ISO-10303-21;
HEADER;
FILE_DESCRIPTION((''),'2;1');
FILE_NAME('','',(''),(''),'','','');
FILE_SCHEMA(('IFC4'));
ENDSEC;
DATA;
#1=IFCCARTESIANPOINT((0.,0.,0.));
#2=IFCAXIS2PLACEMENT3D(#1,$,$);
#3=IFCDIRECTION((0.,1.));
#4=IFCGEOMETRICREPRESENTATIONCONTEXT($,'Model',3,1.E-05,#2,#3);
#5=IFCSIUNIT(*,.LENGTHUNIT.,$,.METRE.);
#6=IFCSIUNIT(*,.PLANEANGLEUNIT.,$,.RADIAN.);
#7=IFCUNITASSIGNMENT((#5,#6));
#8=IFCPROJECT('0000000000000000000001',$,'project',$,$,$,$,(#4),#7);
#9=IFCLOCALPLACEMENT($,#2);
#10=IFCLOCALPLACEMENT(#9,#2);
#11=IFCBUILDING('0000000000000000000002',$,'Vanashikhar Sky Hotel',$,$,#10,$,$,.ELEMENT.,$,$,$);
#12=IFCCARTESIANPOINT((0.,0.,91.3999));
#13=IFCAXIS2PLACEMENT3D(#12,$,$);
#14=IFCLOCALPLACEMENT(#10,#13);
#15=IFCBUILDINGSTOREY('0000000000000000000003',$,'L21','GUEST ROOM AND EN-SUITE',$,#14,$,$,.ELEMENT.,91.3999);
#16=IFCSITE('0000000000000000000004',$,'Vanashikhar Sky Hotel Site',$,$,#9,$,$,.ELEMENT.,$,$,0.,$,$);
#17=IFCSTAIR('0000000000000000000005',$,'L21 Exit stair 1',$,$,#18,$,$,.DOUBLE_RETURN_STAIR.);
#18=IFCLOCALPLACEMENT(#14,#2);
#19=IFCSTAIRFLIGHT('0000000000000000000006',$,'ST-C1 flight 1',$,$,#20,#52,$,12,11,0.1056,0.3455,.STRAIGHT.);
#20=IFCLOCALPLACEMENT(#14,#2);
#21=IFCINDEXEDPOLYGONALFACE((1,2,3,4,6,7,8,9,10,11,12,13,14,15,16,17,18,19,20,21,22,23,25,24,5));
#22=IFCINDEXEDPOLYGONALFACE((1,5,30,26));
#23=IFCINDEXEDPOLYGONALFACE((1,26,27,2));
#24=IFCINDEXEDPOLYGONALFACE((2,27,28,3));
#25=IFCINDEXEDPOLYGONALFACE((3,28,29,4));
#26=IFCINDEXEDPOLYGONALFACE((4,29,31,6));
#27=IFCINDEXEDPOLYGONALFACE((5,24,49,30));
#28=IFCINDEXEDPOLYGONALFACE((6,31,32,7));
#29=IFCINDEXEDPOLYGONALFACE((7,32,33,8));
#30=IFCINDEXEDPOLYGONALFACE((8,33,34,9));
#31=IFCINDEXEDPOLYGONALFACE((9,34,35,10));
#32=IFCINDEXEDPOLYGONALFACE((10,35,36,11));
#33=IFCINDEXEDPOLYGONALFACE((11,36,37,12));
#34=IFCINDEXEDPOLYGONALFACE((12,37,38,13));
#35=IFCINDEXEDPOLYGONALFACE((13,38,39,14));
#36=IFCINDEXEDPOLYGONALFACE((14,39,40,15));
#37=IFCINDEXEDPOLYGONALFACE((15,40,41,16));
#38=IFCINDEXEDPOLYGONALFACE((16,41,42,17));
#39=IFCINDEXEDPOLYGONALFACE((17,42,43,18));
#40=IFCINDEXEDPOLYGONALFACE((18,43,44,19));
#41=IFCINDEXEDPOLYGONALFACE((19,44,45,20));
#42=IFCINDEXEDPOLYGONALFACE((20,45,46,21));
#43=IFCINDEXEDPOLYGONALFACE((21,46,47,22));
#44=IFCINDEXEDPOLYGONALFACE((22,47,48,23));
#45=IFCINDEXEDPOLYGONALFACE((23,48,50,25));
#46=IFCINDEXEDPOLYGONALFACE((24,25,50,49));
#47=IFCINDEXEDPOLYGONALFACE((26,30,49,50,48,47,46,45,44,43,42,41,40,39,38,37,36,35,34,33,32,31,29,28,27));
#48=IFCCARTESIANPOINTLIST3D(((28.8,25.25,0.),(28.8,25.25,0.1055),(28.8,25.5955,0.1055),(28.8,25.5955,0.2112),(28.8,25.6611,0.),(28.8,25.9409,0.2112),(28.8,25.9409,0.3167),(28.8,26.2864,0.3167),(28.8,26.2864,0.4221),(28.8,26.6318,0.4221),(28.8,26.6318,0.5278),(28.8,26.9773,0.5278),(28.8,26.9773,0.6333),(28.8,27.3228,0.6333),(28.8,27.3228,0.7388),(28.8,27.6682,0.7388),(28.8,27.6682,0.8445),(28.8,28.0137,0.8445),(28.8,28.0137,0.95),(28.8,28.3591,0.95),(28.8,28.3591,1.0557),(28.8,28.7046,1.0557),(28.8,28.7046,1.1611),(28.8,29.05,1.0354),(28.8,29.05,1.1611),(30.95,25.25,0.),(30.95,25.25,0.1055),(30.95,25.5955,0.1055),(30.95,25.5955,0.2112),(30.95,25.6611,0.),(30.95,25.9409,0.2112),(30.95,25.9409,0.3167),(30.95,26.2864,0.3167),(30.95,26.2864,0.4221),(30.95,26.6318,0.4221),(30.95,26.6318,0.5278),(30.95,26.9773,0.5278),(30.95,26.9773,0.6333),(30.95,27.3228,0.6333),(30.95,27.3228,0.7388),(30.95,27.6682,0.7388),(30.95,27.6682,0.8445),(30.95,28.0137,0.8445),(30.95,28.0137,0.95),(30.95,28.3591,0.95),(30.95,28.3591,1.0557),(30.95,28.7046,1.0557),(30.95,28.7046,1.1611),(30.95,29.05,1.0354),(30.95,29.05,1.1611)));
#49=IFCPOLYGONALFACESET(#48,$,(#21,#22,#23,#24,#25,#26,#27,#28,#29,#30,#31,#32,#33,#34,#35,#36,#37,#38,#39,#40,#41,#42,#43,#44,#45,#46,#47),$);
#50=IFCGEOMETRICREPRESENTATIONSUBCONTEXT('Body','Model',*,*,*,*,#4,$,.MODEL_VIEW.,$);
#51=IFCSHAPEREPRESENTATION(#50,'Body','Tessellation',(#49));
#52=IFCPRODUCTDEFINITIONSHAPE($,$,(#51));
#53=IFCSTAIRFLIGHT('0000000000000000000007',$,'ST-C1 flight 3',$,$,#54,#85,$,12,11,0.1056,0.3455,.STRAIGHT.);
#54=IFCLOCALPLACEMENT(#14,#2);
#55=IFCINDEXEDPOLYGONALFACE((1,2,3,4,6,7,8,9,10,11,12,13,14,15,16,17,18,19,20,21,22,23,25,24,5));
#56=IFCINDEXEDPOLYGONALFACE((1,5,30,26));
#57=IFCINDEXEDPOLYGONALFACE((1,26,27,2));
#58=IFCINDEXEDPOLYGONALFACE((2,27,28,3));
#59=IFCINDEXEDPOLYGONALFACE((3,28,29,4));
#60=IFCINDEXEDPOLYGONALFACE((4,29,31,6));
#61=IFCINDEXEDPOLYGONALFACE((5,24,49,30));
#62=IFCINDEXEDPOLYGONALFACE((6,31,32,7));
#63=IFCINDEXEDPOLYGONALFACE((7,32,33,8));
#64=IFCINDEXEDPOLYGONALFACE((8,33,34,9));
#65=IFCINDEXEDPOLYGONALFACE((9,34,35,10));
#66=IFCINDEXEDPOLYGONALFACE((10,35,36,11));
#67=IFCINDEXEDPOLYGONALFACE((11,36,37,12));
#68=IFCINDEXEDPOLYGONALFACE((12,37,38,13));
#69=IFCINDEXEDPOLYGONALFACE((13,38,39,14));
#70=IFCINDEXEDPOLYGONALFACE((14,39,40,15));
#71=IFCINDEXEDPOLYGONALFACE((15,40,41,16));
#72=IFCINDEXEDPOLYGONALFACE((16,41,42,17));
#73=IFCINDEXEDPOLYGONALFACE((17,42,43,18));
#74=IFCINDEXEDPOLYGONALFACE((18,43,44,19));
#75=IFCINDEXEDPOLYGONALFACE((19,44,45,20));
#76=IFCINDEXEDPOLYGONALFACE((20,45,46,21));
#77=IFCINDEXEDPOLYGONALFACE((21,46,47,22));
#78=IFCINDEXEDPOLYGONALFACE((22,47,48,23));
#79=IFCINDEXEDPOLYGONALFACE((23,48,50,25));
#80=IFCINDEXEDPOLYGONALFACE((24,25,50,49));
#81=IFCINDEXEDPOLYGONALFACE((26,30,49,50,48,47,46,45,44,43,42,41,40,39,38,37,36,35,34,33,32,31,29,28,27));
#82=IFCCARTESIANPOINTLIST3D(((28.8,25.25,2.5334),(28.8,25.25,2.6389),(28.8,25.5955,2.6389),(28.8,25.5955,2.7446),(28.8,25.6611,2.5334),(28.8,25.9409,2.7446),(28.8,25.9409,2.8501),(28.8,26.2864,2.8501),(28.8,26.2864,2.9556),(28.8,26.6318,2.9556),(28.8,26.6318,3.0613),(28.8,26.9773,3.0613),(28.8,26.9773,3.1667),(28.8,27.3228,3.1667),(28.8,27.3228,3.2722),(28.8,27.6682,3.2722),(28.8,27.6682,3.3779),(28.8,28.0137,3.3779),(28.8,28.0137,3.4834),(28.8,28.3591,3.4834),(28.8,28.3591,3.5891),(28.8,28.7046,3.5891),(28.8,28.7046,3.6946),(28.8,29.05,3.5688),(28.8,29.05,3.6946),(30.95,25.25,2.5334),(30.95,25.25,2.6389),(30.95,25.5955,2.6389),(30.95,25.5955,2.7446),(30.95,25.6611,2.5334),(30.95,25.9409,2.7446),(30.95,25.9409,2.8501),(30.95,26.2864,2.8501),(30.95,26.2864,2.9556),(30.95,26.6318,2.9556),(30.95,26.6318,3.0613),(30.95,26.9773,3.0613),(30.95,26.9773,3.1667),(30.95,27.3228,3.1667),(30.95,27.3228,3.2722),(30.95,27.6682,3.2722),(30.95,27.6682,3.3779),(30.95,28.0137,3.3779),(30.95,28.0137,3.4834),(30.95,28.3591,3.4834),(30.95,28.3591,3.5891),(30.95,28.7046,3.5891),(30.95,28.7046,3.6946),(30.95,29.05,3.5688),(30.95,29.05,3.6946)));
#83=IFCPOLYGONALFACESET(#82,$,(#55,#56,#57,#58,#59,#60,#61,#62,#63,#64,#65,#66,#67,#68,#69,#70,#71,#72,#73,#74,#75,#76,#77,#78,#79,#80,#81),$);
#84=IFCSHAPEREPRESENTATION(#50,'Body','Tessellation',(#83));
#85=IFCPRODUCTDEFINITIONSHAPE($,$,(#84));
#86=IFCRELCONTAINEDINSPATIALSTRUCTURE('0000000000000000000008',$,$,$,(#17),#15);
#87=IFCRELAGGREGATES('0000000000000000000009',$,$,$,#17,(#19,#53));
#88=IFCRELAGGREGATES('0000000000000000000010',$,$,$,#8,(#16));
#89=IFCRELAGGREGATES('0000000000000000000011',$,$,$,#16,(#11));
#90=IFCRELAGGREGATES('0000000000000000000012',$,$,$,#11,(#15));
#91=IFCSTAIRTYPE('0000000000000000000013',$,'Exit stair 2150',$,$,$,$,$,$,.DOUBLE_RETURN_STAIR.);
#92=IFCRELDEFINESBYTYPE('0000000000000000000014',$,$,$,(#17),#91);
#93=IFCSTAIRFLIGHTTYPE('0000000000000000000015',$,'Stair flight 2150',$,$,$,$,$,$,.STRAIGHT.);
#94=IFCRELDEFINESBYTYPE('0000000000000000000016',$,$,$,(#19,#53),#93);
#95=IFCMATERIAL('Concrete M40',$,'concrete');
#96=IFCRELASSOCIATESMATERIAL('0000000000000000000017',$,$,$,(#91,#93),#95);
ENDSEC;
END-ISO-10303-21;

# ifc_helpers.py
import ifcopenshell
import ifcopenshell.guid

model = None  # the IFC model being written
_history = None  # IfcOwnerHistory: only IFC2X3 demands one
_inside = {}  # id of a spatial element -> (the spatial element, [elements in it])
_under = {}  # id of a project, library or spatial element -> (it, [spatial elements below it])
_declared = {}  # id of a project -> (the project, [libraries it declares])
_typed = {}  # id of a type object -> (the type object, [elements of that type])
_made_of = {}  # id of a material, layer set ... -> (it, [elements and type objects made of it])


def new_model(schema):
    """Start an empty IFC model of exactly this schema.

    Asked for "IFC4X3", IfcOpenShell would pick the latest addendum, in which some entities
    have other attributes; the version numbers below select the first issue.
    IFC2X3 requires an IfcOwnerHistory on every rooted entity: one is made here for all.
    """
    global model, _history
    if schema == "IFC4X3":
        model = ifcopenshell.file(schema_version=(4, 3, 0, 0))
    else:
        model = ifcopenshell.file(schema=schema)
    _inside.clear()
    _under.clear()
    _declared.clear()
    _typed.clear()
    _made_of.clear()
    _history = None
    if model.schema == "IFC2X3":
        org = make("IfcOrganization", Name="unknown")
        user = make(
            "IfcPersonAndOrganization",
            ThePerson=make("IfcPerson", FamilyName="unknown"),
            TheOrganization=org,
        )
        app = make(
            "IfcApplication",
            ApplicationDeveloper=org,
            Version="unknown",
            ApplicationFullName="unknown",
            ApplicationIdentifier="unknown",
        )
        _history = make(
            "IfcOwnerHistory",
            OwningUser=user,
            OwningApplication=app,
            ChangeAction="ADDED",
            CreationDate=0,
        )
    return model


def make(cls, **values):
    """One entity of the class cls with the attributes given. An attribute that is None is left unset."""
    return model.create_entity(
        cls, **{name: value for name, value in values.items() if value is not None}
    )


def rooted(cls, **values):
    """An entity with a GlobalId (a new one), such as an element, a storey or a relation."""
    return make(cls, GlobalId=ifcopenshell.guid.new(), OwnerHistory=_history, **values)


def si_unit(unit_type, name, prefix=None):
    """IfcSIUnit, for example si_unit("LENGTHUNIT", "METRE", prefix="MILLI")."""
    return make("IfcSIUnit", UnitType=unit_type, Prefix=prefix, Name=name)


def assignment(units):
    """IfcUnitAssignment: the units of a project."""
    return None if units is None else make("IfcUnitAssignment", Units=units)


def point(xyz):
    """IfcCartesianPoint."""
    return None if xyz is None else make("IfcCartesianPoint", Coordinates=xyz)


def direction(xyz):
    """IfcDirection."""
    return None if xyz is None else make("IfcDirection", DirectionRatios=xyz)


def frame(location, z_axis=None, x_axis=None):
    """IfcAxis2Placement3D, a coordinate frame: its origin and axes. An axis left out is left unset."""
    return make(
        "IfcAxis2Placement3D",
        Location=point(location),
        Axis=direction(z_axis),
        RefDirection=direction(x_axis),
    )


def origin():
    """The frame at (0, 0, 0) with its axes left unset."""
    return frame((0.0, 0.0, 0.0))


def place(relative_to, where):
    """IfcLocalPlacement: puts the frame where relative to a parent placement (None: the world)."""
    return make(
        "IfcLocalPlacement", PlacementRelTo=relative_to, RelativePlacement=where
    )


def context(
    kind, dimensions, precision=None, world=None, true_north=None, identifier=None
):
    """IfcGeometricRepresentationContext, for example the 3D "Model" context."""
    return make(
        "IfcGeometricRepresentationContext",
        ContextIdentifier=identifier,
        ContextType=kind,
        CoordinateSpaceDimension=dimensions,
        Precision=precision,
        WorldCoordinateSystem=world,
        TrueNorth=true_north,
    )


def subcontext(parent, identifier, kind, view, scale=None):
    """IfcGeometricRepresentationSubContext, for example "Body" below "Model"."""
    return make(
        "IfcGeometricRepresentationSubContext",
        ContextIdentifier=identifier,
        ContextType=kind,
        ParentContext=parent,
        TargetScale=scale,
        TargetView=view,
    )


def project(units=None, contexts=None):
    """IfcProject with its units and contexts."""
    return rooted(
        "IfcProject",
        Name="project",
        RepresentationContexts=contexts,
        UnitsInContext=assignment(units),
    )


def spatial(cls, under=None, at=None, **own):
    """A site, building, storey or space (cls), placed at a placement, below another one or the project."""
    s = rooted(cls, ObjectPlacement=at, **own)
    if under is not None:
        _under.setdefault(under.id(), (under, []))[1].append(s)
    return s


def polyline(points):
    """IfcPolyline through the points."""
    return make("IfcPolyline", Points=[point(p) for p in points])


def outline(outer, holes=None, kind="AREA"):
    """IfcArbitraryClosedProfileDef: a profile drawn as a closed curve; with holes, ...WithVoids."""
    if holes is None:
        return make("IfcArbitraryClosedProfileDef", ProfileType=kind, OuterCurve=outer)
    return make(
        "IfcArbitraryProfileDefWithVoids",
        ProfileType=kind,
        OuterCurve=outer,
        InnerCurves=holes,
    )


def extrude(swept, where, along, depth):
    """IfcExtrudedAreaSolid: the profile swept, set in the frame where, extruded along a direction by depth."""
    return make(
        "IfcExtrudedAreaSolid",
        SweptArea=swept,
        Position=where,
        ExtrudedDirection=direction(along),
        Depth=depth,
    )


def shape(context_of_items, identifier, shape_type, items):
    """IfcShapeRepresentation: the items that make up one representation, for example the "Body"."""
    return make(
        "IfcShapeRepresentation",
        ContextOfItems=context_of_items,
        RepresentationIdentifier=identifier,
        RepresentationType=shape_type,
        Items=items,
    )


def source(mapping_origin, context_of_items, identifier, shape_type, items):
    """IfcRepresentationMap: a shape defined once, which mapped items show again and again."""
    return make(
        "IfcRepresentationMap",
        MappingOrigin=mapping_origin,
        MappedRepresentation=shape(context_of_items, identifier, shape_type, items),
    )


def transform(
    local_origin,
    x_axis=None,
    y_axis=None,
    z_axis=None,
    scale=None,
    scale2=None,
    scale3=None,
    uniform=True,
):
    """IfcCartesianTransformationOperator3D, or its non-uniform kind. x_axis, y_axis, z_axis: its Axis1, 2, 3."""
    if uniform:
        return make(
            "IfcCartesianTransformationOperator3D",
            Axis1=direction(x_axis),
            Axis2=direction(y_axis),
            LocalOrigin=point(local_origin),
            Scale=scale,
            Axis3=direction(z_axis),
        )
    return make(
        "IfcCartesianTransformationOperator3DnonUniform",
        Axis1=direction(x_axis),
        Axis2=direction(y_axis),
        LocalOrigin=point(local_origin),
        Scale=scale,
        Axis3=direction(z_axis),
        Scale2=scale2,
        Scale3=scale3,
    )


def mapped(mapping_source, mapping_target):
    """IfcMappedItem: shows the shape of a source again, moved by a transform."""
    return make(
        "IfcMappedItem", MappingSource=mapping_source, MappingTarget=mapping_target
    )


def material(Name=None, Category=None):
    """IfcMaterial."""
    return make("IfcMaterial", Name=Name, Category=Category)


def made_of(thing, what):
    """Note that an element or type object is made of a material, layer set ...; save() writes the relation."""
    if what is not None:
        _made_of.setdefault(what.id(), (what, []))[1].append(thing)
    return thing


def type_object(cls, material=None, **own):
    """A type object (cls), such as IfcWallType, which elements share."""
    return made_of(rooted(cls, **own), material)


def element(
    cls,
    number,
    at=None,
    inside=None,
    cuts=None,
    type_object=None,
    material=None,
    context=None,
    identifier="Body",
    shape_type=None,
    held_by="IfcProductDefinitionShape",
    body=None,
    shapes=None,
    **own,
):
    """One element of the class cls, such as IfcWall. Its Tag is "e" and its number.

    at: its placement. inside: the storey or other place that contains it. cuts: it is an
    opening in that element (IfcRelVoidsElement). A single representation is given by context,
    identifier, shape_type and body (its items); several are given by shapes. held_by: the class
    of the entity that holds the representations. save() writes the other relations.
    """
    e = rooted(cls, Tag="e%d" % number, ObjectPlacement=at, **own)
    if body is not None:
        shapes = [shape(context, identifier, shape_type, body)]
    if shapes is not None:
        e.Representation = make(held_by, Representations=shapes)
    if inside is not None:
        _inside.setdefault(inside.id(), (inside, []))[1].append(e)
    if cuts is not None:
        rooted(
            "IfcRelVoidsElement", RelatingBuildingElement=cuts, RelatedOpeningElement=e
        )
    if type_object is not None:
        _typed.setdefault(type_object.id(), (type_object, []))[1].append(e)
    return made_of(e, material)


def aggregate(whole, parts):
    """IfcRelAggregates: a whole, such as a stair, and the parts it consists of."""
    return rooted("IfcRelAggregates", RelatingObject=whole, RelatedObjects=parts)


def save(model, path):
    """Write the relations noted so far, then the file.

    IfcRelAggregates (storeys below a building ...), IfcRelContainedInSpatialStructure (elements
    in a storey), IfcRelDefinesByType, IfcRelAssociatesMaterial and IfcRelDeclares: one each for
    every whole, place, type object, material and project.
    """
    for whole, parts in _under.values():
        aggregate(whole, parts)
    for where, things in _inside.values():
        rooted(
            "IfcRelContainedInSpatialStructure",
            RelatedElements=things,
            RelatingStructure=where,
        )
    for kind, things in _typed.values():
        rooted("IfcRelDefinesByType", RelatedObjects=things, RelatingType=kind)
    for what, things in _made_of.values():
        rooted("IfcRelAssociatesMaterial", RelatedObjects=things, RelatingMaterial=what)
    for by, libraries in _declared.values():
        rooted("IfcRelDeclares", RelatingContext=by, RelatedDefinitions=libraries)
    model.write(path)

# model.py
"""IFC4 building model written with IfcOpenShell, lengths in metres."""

from ifc_helpers import new_model, si_unit, direction, frame, origin, place, context, subcontext, project, spatial, polyline, outline, extrude, source, transform, mapped, material, type_object, element, aggregate, save


model = new_model("IFC4")

# Units and contexts
model_context = context("Model", 3, precision=1e-05, world=origin(), true_north=direction((0.0, 1.0)))
body_context = subcontext(model_context, "Body", "Model", "MODEL_VIEW")
ifc_project = project(units=[si_unit("LENGTHUNIT", "METRE"), si_unit("PLANEANGLEUNIT", "RADIAN")], contexts=[model_context])

# Site, building, storey
site_placement = place(None, origin())
site = spatial("IfcSite", under=ifc_project, at=site_placement, Name="Vanashikhar Sky Hotel Site", CompositionType="ELEMENT", RefElevation=0.0)
building_placement = place(site_placement, origin())
building = spatial("IfcBuilding", under=site, at=building_placement, Name="Vanashikhar Sky Hotel", CompositionType="ELEMENT")
storey_placement = place(building_placement, frame((0.0, 0.0, 91.3999)))
storey = spatial("IfcBuildingStorey", under=building, at=storey_placement, Name="L21", Description="GUEST ROOM AND EN-SUITE", CompositionType="ELEMENT", Elevation=91.3999)

# Shared definitions
ifc_material_1 = material(Name="Concrete M40", Category="concrete")

# Stair, stair flights
stair_type = type_object("IfcStairType", Name="Exit stair 2150", PredefinedType="DOUBLE_RETURN_STAIR", material=ifc_material_1)
stair_placement = place(storey_placement, origin())
stair = element("IfcStair", 1, at=stair_placement, inside=storey, type_object=stair_type, Name="L21 Exit stair 1", PredefinedType="DOUBLE_RETURN_STAIR")
stair_flight_type = type_object("IfcStairFlightType", Name="Stair flight 2150", PredefinedType="STRAIGHT", material=ifc_material_1)
shared_shape_1 = source(origin(), body_context, "Body", "SweptSolid", [
    extrude(outline(polyline([(0.0, 0.0), (0.0, 0.1055), (0.3455, 0.1055), (0.3455, 0.2112), (0.6909, 0.2112), (0.6909, 0.3167), (1.0364, 0.3167), (1.0364, 0.4221), (1.3818, 0.4221), (1.3818, 0.5278), (1.7273, 0.5278), (1.7273, 0.6333), (2.0728, 0.6333), (2.0728, 0.7388), (2.4182, 0.7388), (2.4182, 0.8445), (2.7637, 0.8445), (2.7637, 0.95), (3.1091, 0.95), (3.1091, 1.0557), (3.4546, 1.0557), (3.4546, 1.1611), (3.8, 1.1611), (3.8, 1.2666), (3.8, 1.0354), (0.4111, 0.0), (0.0, 0.0)])), frame((0.0, 1.075, 0.0), z_axis=(0.0, -1.0, 0.0), x_axis=(1.0, 0.0, 0.0)), (0.0, 0.0, 1.0), 2.1499),
])
stair_flight_1_placement = place(storey_placement, frame((29.875, 25.25, 0.0), z_axis=(0.0, 0.0, 1.0), x_axis=(0.0, 1.0, 0.0)))
stair_flight_1 = element("IfcStairFlight", 2, at=stair_flight_1_placement, type_object=stair_flight_type, Name="ST-C1 flight 1", NumberOfRisers=12, NumberOfTreads=11, PredefinedType="STRAIGHT", RiserHeight=0.1056, TreadLength=0.3455, context=body_context, shape_type="MappedRepresentation", body=[
    mapped(shared_shape_1, transform((0.0, 0.0, 0.0), scale=1.0)),
])
stair_flight_2_placement = place(storey_placement, frame((29.875, 25.25, 2.5334), z_axis=(0.0, 0.0, 1.0), x_axis=(0.0, 1.0, 0.0)))
stair_flight_2 = element("IfcStairFlight", 3, at=stair_flight_2_placement, type_object=stair_flight_type, Name="ST-C1 flight 3", NumberOfRisers=12, NumberOfTreads=11, PredefinedType="STRAIGHT", RiserHeight=0.1056, TreadLength=0.3455, context=body_context, shape_type="MappedRepresentation", body=[
    mapped(shared_shape_1, transform((0.0, 0.0, 0.0), scale=1.0)),
])
aggregate(stair, [stair_flight_1, stair_flight_2])

save(model, "model.ifc")
